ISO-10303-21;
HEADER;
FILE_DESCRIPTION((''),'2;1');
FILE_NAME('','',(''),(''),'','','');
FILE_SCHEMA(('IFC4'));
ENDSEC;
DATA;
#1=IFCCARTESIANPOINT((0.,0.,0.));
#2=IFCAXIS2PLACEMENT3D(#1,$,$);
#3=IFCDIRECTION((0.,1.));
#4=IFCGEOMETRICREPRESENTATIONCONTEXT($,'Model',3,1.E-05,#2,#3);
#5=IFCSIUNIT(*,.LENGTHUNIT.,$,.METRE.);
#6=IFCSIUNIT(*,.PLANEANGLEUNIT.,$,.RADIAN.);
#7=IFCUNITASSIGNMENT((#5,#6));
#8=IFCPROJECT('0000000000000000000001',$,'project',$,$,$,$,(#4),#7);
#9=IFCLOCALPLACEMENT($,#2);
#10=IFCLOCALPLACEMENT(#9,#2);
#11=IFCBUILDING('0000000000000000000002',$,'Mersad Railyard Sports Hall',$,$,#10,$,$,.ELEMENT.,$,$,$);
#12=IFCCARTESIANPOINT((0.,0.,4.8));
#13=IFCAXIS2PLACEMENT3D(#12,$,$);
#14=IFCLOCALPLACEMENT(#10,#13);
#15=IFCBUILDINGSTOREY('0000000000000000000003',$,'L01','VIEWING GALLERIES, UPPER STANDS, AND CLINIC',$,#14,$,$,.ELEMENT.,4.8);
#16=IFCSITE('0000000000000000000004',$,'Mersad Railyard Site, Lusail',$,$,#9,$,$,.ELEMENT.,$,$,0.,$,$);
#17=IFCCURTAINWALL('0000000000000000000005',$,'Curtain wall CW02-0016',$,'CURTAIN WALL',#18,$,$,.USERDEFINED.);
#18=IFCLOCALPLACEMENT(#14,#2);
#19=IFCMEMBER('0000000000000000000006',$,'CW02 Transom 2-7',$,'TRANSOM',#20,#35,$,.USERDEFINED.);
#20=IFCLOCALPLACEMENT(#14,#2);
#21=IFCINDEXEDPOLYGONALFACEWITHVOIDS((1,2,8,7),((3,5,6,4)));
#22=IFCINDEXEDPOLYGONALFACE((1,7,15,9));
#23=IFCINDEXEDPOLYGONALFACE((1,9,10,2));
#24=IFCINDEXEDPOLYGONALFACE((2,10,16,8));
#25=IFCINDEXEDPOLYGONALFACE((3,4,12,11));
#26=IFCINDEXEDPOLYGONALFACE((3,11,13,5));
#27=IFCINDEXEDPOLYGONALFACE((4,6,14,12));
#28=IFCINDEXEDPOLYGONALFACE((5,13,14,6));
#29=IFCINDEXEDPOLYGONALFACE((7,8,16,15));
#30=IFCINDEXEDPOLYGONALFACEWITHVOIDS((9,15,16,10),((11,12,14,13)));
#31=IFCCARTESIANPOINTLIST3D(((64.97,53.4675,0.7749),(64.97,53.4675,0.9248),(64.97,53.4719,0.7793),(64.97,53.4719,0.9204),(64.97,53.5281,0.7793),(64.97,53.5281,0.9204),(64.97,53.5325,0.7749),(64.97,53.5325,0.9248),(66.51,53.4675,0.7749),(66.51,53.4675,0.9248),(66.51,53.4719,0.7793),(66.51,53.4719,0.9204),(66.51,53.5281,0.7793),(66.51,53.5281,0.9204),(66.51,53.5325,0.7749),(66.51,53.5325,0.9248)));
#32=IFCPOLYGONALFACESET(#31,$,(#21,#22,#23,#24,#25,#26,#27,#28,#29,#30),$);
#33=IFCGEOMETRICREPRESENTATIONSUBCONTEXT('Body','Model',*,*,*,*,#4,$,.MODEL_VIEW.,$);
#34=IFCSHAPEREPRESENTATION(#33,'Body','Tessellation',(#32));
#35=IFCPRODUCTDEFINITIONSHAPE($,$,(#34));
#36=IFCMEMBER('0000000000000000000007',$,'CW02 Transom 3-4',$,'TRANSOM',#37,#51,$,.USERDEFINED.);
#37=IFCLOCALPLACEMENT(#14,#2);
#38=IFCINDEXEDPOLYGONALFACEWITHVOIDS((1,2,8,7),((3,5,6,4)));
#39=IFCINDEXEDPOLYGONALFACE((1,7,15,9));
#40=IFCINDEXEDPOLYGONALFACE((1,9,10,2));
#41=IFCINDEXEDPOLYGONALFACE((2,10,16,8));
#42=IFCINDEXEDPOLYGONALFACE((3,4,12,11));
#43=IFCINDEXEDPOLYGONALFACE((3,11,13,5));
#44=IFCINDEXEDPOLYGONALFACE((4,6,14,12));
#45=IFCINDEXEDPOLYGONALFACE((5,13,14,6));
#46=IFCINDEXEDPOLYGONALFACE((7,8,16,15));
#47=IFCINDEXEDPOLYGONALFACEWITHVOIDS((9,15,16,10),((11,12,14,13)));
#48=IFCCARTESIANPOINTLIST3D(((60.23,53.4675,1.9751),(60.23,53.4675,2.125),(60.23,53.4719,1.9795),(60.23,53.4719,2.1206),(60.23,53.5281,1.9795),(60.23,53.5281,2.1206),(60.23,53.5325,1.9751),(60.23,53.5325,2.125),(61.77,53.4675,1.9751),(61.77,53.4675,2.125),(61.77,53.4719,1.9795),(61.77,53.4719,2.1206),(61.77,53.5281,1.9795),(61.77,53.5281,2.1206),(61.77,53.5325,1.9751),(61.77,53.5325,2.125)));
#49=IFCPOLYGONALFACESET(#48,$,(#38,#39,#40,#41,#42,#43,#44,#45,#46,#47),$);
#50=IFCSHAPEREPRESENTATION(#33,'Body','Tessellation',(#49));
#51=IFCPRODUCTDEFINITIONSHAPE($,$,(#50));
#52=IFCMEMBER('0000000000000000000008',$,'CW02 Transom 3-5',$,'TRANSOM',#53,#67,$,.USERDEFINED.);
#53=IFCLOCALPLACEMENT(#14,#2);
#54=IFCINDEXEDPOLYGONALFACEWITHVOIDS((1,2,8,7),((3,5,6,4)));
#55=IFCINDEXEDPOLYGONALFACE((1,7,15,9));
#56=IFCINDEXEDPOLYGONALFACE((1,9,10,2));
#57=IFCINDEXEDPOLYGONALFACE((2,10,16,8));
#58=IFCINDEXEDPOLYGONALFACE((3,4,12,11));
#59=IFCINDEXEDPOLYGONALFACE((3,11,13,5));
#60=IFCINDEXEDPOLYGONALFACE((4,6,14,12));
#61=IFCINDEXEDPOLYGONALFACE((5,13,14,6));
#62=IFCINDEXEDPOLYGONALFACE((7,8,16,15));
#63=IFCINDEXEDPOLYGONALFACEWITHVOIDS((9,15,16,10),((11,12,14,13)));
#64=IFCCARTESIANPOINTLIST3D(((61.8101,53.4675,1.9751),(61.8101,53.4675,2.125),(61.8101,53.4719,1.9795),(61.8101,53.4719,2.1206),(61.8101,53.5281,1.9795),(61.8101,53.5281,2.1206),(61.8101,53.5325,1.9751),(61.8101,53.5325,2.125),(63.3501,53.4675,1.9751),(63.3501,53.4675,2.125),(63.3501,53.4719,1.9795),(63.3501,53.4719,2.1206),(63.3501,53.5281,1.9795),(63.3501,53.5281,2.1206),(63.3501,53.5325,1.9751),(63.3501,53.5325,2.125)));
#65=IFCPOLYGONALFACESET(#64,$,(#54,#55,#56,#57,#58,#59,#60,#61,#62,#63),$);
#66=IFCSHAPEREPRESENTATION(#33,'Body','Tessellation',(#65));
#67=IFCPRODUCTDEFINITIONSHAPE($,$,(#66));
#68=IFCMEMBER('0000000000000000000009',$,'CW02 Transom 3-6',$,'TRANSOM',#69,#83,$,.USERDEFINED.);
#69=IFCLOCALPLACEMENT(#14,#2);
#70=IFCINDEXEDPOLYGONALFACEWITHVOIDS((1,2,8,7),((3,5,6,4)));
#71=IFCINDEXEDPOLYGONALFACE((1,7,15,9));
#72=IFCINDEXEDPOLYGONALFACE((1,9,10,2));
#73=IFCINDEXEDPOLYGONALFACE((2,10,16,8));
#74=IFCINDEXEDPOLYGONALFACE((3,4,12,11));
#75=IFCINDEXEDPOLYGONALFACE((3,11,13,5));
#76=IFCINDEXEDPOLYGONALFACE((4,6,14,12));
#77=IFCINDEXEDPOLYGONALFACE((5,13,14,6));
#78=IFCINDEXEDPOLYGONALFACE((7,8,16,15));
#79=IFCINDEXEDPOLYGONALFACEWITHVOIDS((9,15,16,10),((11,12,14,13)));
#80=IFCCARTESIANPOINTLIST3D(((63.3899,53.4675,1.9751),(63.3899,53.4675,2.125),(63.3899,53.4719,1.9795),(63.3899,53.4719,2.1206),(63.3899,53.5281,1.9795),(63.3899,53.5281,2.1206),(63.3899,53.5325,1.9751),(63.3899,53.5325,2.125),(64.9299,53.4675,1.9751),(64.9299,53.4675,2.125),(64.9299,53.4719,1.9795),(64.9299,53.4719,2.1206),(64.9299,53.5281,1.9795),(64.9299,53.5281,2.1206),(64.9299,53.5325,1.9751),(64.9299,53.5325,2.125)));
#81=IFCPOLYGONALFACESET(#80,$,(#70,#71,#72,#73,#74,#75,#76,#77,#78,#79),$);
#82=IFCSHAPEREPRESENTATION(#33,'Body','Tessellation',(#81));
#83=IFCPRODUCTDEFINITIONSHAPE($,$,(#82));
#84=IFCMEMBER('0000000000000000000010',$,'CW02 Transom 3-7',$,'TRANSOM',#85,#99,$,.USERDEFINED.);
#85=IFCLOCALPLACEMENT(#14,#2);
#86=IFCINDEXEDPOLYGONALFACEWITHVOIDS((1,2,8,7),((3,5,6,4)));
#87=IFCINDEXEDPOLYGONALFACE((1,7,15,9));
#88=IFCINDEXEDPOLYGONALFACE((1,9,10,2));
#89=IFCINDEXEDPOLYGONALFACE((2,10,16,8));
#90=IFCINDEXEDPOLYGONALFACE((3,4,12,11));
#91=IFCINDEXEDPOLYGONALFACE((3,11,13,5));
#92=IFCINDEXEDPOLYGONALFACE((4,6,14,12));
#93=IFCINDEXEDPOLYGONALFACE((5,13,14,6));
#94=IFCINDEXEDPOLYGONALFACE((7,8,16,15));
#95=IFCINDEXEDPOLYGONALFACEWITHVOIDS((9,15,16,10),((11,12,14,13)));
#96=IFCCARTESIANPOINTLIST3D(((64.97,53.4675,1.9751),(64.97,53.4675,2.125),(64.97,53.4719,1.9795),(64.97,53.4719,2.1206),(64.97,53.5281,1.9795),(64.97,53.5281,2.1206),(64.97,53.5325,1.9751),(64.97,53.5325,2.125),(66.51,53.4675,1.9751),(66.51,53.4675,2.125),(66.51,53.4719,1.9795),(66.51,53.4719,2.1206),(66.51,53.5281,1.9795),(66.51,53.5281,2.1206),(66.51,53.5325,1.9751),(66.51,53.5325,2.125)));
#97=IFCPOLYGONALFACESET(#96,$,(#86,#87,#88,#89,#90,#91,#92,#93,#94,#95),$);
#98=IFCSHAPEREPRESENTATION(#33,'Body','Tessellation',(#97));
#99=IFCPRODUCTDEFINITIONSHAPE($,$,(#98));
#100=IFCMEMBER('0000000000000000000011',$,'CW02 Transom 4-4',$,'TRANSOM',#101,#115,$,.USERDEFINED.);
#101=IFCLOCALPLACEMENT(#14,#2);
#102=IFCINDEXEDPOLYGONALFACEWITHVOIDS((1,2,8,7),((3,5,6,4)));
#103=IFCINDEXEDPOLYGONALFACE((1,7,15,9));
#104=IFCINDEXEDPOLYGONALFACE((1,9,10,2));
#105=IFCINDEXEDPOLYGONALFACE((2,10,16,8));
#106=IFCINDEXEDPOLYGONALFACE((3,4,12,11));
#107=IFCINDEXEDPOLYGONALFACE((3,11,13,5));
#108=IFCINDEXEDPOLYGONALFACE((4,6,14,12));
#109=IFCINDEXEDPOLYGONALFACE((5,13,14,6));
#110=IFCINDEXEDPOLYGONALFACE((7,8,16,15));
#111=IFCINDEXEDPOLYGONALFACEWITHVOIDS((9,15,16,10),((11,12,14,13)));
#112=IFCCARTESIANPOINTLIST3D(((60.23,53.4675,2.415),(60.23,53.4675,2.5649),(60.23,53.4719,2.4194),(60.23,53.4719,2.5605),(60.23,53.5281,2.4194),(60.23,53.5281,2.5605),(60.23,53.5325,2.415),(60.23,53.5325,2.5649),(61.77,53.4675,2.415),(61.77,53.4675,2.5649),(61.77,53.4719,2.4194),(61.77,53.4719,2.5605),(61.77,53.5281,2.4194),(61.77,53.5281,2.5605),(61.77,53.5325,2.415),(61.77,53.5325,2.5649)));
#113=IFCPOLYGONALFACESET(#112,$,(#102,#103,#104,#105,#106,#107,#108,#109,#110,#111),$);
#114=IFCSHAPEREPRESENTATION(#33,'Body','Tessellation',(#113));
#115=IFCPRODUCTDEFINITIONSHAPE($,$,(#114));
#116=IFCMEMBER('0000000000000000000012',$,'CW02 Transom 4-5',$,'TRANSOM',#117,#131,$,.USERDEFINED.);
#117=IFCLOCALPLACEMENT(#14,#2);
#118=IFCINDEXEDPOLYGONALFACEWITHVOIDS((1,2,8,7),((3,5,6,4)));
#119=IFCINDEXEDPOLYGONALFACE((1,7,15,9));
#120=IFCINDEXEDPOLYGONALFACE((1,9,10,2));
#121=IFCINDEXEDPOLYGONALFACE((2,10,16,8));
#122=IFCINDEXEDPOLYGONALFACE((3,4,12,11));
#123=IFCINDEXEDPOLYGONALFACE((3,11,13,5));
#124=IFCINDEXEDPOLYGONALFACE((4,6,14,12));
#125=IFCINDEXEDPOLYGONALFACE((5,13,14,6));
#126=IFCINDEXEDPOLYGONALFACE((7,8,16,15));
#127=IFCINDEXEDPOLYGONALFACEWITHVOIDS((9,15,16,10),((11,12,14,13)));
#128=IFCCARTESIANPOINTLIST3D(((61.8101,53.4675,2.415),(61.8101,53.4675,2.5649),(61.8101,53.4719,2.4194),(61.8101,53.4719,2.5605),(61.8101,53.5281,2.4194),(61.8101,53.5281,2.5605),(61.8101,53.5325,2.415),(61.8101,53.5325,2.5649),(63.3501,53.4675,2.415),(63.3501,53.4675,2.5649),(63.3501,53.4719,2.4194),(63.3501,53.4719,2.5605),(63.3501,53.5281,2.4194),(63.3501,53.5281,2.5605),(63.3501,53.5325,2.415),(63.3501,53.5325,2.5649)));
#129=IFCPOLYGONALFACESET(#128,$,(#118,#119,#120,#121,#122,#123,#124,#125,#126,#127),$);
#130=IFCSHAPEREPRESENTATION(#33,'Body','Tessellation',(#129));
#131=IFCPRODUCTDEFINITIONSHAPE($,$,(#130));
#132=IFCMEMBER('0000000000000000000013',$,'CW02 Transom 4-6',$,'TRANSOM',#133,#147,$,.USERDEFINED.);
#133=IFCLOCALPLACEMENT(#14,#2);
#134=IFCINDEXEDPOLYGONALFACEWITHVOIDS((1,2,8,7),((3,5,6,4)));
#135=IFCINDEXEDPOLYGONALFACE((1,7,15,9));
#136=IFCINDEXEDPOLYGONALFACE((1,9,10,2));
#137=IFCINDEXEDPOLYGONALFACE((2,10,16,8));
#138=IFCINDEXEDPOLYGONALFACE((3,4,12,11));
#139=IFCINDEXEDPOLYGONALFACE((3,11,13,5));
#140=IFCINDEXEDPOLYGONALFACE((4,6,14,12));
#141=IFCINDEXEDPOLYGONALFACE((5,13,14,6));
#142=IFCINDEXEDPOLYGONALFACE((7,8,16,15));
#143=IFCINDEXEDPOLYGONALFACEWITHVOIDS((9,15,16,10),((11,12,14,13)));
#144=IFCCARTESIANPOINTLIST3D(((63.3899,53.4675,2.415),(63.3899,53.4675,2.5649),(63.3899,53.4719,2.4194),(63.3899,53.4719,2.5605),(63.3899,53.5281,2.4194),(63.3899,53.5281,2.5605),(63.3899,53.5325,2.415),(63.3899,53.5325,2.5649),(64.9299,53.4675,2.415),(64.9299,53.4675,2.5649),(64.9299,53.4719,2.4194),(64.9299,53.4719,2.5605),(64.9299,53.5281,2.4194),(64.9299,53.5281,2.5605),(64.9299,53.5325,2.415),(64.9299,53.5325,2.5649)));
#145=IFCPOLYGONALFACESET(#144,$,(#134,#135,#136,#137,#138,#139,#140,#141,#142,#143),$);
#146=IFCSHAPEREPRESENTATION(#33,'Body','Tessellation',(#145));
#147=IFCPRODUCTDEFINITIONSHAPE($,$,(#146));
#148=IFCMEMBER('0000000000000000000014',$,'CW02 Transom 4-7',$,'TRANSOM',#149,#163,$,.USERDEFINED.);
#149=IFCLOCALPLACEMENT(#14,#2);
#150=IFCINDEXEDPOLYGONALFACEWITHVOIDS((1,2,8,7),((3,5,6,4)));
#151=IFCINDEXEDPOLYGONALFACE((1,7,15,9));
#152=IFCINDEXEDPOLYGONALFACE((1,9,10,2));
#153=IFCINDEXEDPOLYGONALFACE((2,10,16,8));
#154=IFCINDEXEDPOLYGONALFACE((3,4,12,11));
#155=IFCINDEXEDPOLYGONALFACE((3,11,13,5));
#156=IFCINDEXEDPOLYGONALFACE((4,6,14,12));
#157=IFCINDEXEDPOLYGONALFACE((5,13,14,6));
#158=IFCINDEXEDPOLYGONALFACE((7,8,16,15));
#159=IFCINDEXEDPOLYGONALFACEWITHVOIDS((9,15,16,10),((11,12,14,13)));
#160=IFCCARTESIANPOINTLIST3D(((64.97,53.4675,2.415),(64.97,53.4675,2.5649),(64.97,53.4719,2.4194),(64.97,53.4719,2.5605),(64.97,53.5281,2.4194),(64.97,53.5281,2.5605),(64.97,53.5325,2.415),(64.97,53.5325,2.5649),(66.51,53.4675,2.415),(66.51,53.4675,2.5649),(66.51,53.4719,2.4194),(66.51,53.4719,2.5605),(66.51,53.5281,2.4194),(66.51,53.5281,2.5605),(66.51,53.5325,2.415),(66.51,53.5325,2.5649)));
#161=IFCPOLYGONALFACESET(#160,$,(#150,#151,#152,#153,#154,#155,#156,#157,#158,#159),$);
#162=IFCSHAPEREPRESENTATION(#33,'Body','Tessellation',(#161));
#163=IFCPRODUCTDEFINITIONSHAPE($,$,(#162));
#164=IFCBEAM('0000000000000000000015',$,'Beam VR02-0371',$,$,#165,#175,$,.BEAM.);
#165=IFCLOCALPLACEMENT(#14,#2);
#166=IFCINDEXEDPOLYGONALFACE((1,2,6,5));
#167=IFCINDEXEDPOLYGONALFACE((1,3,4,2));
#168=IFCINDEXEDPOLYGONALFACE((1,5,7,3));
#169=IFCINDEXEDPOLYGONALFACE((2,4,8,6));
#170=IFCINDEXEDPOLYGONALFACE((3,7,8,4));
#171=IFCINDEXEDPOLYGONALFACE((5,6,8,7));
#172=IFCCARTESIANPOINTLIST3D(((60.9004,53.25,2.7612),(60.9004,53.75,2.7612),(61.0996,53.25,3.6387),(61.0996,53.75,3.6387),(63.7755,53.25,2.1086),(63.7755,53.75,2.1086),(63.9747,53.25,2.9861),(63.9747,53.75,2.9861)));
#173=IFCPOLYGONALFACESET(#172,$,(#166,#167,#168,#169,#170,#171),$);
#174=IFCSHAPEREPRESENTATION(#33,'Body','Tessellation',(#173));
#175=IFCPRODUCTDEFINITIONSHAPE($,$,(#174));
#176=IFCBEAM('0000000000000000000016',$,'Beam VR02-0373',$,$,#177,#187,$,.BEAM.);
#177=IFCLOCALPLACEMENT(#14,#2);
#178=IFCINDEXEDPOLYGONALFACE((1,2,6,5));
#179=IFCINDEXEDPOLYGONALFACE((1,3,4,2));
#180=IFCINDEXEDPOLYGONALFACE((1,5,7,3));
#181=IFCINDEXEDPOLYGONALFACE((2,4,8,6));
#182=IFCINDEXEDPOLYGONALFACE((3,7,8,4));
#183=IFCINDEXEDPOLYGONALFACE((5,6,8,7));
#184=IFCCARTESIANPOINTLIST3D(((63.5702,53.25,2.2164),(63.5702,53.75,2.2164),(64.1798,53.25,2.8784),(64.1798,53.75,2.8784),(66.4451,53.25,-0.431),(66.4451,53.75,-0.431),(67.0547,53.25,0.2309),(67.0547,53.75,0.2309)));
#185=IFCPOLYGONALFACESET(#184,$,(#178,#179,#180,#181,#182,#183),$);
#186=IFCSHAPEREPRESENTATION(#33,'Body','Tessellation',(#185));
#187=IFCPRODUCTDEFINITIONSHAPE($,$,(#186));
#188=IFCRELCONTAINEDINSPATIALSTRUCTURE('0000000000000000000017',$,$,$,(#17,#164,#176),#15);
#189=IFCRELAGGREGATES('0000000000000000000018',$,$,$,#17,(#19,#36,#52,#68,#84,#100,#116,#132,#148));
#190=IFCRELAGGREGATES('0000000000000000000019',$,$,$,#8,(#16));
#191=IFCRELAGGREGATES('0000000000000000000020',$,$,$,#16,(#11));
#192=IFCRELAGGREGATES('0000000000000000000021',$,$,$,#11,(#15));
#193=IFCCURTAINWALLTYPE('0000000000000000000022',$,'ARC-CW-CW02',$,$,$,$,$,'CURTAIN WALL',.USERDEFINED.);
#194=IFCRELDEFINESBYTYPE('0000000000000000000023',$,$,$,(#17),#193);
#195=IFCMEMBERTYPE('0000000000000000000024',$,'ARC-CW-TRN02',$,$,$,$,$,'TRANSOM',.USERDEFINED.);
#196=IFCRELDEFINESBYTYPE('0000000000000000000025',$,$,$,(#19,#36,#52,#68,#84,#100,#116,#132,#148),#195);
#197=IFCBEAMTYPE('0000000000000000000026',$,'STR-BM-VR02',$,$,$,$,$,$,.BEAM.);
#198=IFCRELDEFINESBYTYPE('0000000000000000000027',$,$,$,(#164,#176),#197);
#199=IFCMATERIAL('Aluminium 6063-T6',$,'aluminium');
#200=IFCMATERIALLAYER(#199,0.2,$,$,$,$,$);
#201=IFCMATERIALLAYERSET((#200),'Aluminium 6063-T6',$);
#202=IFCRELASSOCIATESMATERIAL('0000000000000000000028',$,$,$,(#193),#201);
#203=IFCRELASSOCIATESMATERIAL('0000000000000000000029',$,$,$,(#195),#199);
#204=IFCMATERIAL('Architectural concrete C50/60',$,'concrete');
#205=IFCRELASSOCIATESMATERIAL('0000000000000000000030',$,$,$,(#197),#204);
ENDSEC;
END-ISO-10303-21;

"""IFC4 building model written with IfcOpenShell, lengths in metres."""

from ifc_helpers import new_model, si_unit, direction, frame, origin, origin_2d, place, context, subcontext, project, spatial, rectangle, hollow_rectangle, extrude, material, layer, layer_set, material_profile, profile_set, type_object, element, aggregate, save


model = new_model("IFC4")

# Units and contexts
model_context = context("Model", 3, precision=1e-05, world=origin(), true_north=direction((0.0, 1.0)))
body_context = subcontext(model_context, "Body", "Model", "MODEL_VIEW")
ifc_project = project(units=[si_unit("LENGTHUNIT", "METRE"), si_unit("PLANEANGLEUNIT", "RADIAN")], contexts=[model_context])

# Site, building, storey
site_placement = place(None, origin())
site = spatial("IfcSite", under=ifc_project, at=site_placement, Name="Mersad Railyard Site, Lusail", CompositionType="ELEMENT", RefElevation=0.0)
building_placement = place(site_placement, origin())
building = spatial("IfcBuilding", under=site, at=building_placement, Name="Mersad Railyard Sports Hall", CompositionType="ELEMENT")
storey_placement = place(building_placement, frame((0.0, 0.0, 4.8)))
storey = spatial("IfcBuildingStorey", under=building, at=storey_placement, Name="L01", Description="VIEWING GALLERIES, UPPER STANDS, AND CLINIC", CompositionType="ELEMENT", Elevation=4.8)

# Curtain wall, members
ifc_material_1 = material(Name="Aluminium 6063-T6", Category="aluminium")
ifc_layer_1 = layer(ifc_material_1, 0.2)
ifc_layer_set_1 = layer_set([ifc_layer_1], Name="Aluminium 6063-T6")
curtain_wall_type = type_object("IfcCurtainWallType", Name="ARC-CW-CW02", ElementType="CURTAIN WALL", PredefinedType="USERDEFINED", material=ifc_layer_set_1)
curtain_wall_placement = place(storey_placement, origin())
curtain_wall = element("IfcCurtainWall", 1, at=curtain_wall_placement, inside=storey, type_object=curtain_wall_type, Name="Curtain wall CW02-0016", ObjectType="CURTAIN WALL", PredefinedType="USERDEFINED")
ifc_material_profile_1 = material_profile(ifc_material_1, hollow_rectangle(XDim=0.0649, YDim=0.1499, WallThickness=0.0044, at=origin_2d()), Name="AL TRANSOM 65x150x4.5")
ifc_profile_set_1 = profile_set([ifc_material_profile_1], Name="Aluminium 6063-T6")
member_type_1 = type_object("IfcMemberType", Name="ARC-CW-TRN02", ElementType="TRANSOM", PredefinedType="USERDEFINED", material=ifc_profile_set_1)
member_1_placement = place(storey_placement, frame((64.97, 53.5, 0.8499), z_axis=(1.0, 0.0, 0.0), x_axis=(0.0, 1.0, 0.0)))
member_1 = element("IfcMember", 2, at=member_1_placement, type_object=member_type_1, Name="CW02 Transom 2-7", ObjectType="TRANSOM", PredefinedType="USERDEFINED", context=body_context, shape_type="SweptSolid", body=[
    extrude(hollow_rectangle(XDim=0.0649, YDim=0.1499, WallThickness=0.0044, at=origin_2d()), origin(), (0.0, 0.0, 1.0), 1.54),
])
member_2_placement = place(storey_placement, frame((60.23, 53.5, 2.05), z_axis=(1.0, 0.0, 0.0), x_axis=(0.0, 1.0, 0.0)))
member_2 = element("IfcMember", 3, at=member_2_placement, type_object=member_type_1, Name="CW02 Transom 3-4", ObjectType="TRANSOM", PredefinedType="USERDEFINED", context=body_context, shape_type="SweptSolid", body=[
    extrude(hollow_rectangle(XDim=0.0649, YDim=0.1499, WallThickness=0.0044, at=origin_2d()), origin(), (0.0, 0.0, 1.0), 1.54),
])
member_3_placement = place(storey_placement, frame((61.8101, 53.5, 2.05), z_axis=(1.0, 0.0, 0.0), x_axis=(0.0, 1.0, 0.0)))
member_3 = element("IfcMember", 4, at=member_3_placement, type_object=member_type_1, Name="CW02 Transom 3-5", ObjectType="TRANSOM", PredefinedType="USERDEFINED", context=body_context, shape_type="SweptSolid", body=[
    extrude(hollow_rectangle(XDim=0.0649, YDim=0.1499, WallThickness=0.0044, at=origin_2d()), origin(), (0.0, 0.0, 1.0), 1.54),
])
member_4_placement = place(storey_placement, frame((63.3899, 53.5, 2.05), z_axis=(1.0, 0.0, 0.0), x_axis=(0.0, 1.0, 0.0)))
member_4 = element("IfcMember", 5, at=member_4_placement, type_object=member_type_1, Name="CW02 Transom 3-6", ObjectType="TRANSOM", PredefinedType="USERDEFINED", context=body_context, shape_type="SweptSolid", body=[
    extrude(hollow_rectangle(XDim=0.0649, YDim=0.1499, WallThickness=0.0044, at=origin_2d()), origin(), (0.0, 0.0, 1.0), 1.54),
])
member_5_placement = place(storey_placement, frame((64.97, 53.5, 2.05), z_axis=(1.0, 0.0, 0.0), x_axis=(0.0, 1.0, 0.0)))
member_5 = element("IfcMember", 6, at=member_5_placement, type_object=member_type_1, Name="CW02 Transom 3-7", ObjectType="TRANSOM", PredefinedType="USERDEFINED", context=body_context, shape_type="SweptSolid", body=[
    extrude(hollow_rectangle(XDim=0.0649, YDim=0.1499, WallThickness=0.0044, at=origin_2d()), origin(), (0.0, 0.0, 1.0), 1.54),
])
member_6_placement = place(storey_placement, frame((60.23, 53.5, 2.49), z_axis=(1.0, 0.0, 0.0), x_axis=(0.0, 1.0, 0.0)))
member_6 = element("IfcMember", 7, at=member_6_placement, type_object=member_type_1, Name="CW02 Transom 4-4", ObjectType="TRANSOM", PredefinedType="USERDEFINED", context=body_context, shape_type="SweptSolid", body=[
    extrude(hollow_rectangle(XDim=0.0649, YDim=0.1499, WallThickness=0.0044, at=origin_2d()), origin(), (0.0, 0.0, 1.0), 1.54),
])
member_7_placement = place(storey_placement, frame((61.8101, 53.5, 2.49), z_axis=(1.0, 0.0, 0.0), x_axis=(0.0, 1.0, 0.0)))
member_7 = element("IfcMember", 8, at=member_7_placement, type_object=member_type_1, Name="CW02 Transom 4-5", ObjectType="TRANSOM", PredefinedType="USERDEFINED", context=body_context, shape_type="SweptSolid", body=[
    extrude(hollow_rectangle(XDim=0.0649, YDim=0.1499, WallThickness=0.0044, at=origin_2d()), origin(), (0.0, 0.0, 1.0), 1.54),
])
member_8_placement = place(storey_placement, frame((63.3899, 53.5, 2.49), z_axis=(1.0, 0.0, 0.0), x_axis=(0.0, 1.0, 0.0)))
member_8 = element("IfcMember", 9, at=member_8_placement, type_object=member_type_1, Name="CW02 Transom 4-6", ObjectType="TRANSOM", PredefinedType="USERDEFINED", context=body_context, shape_type="SweptSolid", body=[
    extrude(hollow_rectangle(XDim=0.0649, YDim=0.1499, WallThickness=0.0044, at=origin_2d()), origin(), (0.0, 0.0, 1.0), 1.54),
])
member_9_placement = place(storey_placement, frame((64.97, 53.5, 2.49), z_axis=(1.0, 0.0, 0.0), x_axis=(0.0, 1.0, 0.0)))
member_9 = element("IfcMember", 10, at=member_9_placement, type_object=member_type_1, Name="CW02 Transom 4-7", ObjectType="TRANSOM", PredefinedType="USERDEFINED", context=body_context, shape_type="SweptSolid", body=[
    extrude(hollow_rectangle(XDim=0.0649, YDim=0.1499, WallThickness=0.0044, at=origin_2d()), origin(), (0.0, 0.0, 1.0), 1.54),
])

# Beams
ifc_material_2 = material(Name="Architectural concrete C50/60", Category="concrete")
ifc_material_profile_2 = material_profile(ifc_material_2, rectangle(XDim=0.5, YDim=0.8999, at=origin_2d()), Name="VR 500x900")
ifc_profile_set_2 = profile_set([ifc_material_profile_2], Name="Architectural concrete C50/60")
beam_type = type_object("IfcBeamType", Name="STR-BM-VR02", PredefinedType="BEAM", material=ifc_profile_set_2)
beam_1_placement = place(storey_placement, frame((61.0, 53.5, 3.2), z_axis=(0.975193, 0.0, -0.221356), x_axis=(0.0, 1.0, 0.0)))
element("IfcBeam", 11, at=beam_1_placement, inside=storey, type_object=beam_type, Name="Beam VR02-0371", PredefinedType="BEAM", context=body_context, shape_type="SweptSolid", body=[
    extrude(rectangle(XDim=0.5, YDim=0.8999, at=origin_2d()), origin(), (0.0, 0.0, 1.0), 2.9482),
])
beam_2_placement = place(storey_placement, frame((63.875, 53.5, 2.5474), z_axis=(0.735617, 0.0, -0.677397), x_axis=(0.0, 1.0, 0.0)))
element("IfcBeam", 12, at=beam_2_placement, inside=storey, type_object=beam_type, Name="Beam VR02-0373", PredefinedType="BEAM", context=body_context, shape_type="SweptSolid", body=[
    extrude(rectangle(XDim=0.5, YDim=0.8999, at=origin_2d()), origin(), (0.0, 0.0, 1.0), 3.9082),
])

aggregate(curtain_wall, [member_1, member_2, member_3, member_4, member_5, member_6, member_7, member_8, member_9])

save(model, "model.ifc")
